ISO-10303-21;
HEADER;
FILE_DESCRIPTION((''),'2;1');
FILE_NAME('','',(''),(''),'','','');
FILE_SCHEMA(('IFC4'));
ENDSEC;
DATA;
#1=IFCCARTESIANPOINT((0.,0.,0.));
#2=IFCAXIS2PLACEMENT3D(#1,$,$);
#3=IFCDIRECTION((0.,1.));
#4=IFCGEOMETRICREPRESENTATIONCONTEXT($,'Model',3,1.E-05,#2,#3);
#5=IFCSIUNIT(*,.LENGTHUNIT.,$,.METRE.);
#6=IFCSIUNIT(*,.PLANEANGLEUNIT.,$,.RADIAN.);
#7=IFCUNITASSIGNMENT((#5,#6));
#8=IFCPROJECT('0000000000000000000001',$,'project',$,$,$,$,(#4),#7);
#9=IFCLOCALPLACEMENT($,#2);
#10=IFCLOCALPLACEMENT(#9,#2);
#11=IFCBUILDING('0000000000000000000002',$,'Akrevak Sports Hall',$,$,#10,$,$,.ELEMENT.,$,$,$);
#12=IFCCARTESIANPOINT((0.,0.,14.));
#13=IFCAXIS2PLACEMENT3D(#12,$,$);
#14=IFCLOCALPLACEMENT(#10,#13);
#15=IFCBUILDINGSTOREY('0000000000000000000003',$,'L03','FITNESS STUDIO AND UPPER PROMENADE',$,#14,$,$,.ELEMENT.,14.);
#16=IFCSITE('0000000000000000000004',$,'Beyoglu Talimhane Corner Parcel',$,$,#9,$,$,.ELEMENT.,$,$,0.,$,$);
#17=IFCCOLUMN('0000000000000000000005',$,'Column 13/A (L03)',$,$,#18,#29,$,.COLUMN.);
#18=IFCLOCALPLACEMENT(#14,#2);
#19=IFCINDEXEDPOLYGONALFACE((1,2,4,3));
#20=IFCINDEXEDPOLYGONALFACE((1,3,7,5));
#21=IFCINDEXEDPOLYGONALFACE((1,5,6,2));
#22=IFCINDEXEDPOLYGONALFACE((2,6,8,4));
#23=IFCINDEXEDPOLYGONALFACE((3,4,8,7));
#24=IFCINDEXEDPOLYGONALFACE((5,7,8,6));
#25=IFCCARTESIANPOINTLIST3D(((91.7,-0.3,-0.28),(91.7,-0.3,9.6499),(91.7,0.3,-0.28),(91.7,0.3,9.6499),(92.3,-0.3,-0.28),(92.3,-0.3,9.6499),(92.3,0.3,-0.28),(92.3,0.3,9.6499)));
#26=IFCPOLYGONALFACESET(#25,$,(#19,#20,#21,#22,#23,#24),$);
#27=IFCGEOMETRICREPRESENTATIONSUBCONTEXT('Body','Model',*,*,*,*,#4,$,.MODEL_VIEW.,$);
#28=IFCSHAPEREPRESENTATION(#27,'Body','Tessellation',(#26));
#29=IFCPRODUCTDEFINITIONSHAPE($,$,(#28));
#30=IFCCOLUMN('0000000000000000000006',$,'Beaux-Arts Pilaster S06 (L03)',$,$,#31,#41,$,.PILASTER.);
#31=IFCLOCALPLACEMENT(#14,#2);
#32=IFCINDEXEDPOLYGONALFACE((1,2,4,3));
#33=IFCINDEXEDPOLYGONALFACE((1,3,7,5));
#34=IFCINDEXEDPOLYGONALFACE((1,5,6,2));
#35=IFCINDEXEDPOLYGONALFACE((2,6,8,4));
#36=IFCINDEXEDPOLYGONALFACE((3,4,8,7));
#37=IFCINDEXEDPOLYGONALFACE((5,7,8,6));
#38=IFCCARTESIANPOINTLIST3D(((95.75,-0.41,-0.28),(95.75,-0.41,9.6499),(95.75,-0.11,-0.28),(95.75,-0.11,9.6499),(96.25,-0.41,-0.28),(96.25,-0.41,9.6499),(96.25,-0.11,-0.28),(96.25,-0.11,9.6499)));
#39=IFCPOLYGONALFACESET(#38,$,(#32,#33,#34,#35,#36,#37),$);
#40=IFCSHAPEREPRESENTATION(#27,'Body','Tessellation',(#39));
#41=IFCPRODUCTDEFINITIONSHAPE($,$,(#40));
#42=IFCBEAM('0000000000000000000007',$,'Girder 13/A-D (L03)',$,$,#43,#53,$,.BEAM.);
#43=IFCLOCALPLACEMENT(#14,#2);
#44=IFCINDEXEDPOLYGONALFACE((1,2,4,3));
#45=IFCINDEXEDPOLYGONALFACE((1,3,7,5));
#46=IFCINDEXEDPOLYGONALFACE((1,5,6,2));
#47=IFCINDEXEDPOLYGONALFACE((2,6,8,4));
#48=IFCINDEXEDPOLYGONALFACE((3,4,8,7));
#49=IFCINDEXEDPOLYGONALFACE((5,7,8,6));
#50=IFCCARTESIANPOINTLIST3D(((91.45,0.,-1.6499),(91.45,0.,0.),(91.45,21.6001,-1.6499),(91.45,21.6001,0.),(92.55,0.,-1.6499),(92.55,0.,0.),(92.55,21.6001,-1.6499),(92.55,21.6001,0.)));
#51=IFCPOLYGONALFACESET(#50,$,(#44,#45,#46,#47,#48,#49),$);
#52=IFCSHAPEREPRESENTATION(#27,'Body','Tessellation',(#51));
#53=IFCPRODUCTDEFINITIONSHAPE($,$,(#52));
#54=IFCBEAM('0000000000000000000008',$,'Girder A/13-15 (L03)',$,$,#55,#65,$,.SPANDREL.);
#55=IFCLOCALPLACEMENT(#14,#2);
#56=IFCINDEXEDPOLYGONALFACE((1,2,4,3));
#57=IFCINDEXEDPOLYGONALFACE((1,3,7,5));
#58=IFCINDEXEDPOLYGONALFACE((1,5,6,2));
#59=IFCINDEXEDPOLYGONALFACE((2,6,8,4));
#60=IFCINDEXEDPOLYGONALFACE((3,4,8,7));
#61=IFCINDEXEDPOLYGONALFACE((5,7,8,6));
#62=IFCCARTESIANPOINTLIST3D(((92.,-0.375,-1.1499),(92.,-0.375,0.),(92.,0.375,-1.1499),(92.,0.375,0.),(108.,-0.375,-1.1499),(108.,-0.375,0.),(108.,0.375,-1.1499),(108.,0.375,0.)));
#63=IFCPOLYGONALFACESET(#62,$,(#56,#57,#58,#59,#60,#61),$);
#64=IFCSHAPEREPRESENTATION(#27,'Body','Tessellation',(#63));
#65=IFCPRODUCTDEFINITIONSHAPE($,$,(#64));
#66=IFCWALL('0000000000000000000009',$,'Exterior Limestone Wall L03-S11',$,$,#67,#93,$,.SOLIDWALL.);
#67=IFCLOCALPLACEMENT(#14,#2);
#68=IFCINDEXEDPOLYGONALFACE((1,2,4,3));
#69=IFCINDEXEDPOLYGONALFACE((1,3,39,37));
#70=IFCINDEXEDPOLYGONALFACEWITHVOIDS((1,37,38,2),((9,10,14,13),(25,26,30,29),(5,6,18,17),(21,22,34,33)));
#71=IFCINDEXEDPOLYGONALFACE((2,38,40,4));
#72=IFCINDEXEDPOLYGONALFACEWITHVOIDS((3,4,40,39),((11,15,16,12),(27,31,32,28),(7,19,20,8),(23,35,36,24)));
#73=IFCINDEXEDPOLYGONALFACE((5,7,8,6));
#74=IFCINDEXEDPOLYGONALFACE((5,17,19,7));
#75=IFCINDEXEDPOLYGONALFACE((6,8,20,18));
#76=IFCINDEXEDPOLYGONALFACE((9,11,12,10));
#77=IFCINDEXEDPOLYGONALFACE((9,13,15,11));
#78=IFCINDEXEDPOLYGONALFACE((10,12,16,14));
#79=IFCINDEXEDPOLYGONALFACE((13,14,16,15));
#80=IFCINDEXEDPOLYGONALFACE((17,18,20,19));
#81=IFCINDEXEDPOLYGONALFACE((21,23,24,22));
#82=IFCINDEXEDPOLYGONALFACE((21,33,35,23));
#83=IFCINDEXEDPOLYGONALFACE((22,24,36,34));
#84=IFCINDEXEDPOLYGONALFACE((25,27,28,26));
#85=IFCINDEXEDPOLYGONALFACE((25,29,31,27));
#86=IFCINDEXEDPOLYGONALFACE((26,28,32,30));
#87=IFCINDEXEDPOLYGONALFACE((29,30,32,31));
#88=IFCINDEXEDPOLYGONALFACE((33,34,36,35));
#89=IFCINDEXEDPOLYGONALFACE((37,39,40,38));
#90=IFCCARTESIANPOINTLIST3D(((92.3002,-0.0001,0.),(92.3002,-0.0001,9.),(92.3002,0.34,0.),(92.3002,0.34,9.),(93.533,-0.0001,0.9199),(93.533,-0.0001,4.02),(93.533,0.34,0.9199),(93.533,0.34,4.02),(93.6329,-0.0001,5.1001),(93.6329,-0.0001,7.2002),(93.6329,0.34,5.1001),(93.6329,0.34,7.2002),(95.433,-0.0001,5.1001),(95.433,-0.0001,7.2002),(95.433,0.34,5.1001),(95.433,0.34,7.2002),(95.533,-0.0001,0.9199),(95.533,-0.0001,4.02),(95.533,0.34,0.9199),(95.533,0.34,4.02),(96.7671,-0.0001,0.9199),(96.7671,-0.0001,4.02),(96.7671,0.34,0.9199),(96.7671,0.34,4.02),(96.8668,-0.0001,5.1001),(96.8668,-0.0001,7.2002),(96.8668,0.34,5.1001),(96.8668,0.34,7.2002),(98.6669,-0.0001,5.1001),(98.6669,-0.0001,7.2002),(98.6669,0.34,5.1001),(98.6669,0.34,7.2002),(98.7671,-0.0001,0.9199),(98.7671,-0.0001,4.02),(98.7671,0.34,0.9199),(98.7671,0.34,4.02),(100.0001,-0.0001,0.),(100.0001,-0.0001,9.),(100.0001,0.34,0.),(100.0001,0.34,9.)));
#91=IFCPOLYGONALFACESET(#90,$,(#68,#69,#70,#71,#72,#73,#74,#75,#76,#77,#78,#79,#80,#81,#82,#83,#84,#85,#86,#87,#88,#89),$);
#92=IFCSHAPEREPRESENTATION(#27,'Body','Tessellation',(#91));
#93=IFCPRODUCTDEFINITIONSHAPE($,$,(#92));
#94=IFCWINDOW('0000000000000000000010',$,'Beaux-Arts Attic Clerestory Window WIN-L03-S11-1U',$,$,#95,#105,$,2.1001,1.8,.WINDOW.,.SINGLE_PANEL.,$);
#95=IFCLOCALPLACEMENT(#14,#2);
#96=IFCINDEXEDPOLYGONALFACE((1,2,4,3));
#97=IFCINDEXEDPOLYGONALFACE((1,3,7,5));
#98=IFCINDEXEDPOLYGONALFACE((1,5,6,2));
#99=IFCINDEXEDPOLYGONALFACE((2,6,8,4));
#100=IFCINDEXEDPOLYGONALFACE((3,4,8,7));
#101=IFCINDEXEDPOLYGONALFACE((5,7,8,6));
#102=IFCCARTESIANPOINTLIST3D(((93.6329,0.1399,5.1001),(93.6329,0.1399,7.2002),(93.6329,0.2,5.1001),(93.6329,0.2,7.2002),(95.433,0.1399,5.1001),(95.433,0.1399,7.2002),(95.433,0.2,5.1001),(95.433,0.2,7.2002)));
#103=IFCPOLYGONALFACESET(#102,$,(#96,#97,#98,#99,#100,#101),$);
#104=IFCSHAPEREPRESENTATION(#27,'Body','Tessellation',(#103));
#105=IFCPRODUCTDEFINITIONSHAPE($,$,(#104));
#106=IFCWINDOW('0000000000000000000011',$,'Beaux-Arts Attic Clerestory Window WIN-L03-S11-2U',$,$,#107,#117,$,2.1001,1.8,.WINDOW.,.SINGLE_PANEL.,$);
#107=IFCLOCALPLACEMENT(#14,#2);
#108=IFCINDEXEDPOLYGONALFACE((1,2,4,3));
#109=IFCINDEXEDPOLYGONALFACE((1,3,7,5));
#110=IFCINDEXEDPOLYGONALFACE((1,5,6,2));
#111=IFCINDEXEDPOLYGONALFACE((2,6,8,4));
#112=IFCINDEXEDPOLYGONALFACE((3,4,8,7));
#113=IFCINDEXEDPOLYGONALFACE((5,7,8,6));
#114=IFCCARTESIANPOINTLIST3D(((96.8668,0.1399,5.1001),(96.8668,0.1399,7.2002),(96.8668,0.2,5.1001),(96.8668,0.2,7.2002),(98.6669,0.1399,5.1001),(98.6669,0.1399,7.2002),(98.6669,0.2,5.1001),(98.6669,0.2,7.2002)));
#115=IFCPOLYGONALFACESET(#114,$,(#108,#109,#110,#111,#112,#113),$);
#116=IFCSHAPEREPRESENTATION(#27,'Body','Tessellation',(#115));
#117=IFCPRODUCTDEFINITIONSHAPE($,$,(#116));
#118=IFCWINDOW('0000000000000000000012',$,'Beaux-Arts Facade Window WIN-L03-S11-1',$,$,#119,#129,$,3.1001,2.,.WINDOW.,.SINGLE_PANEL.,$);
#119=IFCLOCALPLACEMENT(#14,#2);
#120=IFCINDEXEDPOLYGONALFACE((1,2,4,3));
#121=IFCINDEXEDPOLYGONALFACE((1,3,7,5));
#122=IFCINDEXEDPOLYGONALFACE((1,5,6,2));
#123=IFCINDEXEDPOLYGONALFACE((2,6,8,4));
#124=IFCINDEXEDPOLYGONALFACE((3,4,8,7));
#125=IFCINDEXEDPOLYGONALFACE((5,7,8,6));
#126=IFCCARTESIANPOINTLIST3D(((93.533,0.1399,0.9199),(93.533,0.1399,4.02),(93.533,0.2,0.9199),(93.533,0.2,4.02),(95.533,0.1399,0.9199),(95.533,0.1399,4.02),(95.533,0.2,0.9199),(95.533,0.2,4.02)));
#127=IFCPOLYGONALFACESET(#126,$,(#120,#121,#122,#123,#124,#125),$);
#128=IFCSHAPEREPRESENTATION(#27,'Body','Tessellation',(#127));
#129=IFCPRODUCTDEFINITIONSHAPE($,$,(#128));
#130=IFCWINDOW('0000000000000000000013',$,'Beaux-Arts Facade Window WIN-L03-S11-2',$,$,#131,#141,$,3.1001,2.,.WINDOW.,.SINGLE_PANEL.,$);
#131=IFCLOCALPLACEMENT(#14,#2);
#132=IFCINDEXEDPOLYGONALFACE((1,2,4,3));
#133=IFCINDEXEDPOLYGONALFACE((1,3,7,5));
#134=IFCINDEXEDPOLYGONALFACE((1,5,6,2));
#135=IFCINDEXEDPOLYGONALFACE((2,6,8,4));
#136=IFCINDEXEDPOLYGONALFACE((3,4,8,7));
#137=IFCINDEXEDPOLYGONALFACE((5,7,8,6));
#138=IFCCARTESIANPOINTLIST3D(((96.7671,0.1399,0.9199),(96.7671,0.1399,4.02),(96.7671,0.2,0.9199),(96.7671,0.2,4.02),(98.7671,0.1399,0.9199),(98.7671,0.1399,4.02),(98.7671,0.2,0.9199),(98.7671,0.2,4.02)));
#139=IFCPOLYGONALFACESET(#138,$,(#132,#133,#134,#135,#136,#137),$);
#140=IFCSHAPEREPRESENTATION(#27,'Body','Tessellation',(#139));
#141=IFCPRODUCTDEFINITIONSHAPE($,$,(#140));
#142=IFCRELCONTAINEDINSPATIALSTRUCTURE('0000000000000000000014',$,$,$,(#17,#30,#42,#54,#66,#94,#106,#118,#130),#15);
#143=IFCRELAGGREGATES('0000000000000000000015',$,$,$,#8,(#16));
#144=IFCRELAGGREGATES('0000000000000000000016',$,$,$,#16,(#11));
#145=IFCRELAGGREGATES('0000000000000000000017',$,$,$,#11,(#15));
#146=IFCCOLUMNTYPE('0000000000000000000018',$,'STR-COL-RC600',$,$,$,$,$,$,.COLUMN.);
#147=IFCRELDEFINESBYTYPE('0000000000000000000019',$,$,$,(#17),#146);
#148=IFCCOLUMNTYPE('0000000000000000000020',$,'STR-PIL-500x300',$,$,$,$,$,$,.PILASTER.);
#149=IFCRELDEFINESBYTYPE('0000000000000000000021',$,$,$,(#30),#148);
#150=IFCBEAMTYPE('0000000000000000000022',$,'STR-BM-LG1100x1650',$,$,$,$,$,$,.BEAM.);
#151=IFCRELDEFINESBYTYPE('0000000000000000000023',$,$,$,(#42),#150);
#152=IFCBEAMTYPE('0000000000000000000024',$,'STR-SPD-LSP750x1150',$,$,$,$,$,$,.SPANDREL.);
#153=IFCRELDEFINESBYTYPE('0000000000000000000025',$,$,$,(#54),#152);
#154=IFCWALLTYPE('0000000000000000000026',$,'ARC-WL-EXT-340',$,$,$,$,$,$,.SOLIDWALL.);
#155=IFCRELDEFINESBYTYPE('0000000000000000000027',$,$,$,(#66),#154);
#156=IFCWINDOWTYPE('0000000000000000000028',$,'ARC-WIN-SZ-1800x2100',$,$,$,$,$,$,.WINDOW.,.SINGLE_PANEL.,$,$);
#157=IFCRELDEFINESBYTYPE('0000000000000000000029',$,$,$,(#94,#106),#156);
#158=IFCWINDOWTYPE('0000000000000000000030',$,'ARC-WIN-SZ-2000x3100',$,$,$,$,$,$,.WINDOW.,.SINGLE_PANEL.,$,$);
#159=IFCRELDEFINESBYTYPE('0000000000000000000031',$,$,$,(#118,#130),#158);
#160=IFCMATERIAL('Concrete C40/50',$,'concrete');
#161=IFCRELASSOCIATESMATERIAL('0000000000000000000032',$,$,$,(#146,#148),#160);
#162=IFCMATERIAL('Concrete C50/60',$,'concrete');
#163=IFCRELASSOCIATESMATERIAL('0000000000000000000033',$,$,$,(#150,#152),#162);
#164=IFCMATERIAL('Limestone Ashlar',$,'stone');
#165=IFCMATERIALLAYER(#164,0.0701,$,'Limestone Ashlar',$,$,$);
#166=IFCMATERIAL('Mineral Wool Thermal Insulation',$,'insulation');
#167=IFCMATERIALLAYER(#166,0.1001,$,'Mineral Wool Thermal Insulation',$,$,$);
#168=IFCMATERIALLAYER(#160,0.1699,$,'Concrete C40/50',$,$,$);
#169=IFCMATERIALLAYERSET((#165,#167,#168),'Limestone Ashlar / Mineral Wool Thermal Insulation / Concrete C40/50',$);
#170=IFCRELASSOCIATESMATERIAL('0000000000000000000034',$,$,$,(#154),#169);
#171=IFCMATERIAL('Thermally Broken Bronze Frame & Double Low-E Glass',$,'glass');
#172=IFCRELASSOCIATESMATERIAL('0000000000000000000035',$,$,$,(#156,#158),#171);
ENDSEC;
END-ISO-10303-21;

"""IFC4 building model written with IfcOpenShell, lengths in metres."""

from ifc_helpers import new_model, si_unit, direction, frame, frame_2d, origin, origin_2d, place, context, subcontext, project, spatial, rectangle, extrude, material, layer, layer_set, material_profile, profile_set, type_object, element, fill, save


model = new_model("IFC4")

# Units and contexts
model_context = context("Model", 3, precision=1e-05, world=origin(), true_north=direction((0.0, 1.0)))
body_context = subcontext(model_context, "Body", "Model", "MODEL_VIEW")
ifc_project = project(units=[si_unit("LENGTHUNIT", "METRE"), si_unit("PLANEANGLEUNIT", "RADIAN")], contexts=[model_context])

# Site, building, storey
site_placement = place(None, origin())
site = spatial("IfcSite", under=ifc_project, at=site_placement, Name="Beyoglu Talimhane Corner Parcel", CompositionType="ELEMENT", RefElevation=0.0)
building_placement = place(site_placement, origin())
building = spatial("IfcBuilding", under=site, at=building_placement, Name="Akrevak Sports Hall", CompositionType="ELEMENT")
storey_placement = place(building_placement, frame((0.0, 0.0, 14.0)))
storey = spatial("IfcBuildingStorey", under=building, at=storey_placement, Name="L03", Description="FITNESS STUDIO AND UPPER PROMENADE", CompositionType="ELEMENT", Elevation=14.0)

# Columns
ifc_material_1 = material(Name="Concrete C40/50", Category="concrete")
ifc_material_profile_1 = material_profile(ifc_material_1, rectangle(XDim=0.6001, YDim=0.6001, at=origin_2d()), Name="RC 600x600", Category="concrete")
ifc_profile_set_1 = profile_set([ifc_material_profile_1], Name="Concrete C40/50")
column_type_1 = type_object("IfcColumnType", Name="STR-COL-RC600", PredefinedType="COLUMN", material=ifc_profile_set_1)
column_1_placement = place(storey_placement, frame((92.0, 0.0, -0.28), z_axis=(0.0, 0.0, 1.0), x_axis=(1.0, 0.0, 0.0)))
element("IfcColumn", 1, at=column_1_placement, inside=storey, type_object=column_type_1, Name="Column 13/A (L03)", PredefinedType="COLUMN", context=body_context, shape_type="SweptSolid", body=[
    extrude(rectangle(XDim=0.6001, YDim=0.6001, at=origin_2d()), origin(), (0.0, 0.0, 1.0), 9.9299),
])
ifc_material_profile_2 = material_profile(ifc_material_1, rectangle(XDim=0.5, YDim=0.3, at=origin_2d()), Name="PIL 500x300", Category="concrete")
ifc_profile_set_2 = profile_set([ifc_material_profile_2], Name="Concrete C40/50")
column_type_2 = type_object("IfcColumnType", Name="STR-PIL-500x300", PredefinedType="PILASTER", material=ifc_profile_set_2)
column_2_placement = place(storey_placement, frame((96.0, -0.26, -0.28), z_axis=(0.0, 0.0, 1.0), x_axis=(1.0, 0.0, 0.0)))
element("IfcColumn", 2, at=column_2_placement, inside=storey, type_object=column_type_2, Name="Beaux-Arts Pilaster S06 (L03)", PredefinedType="PILASTER", context=body_context, shape_type="SweptSolid", body=[
    extrude(rectangle(XDim=0.5, YDim=0.3, at=origin_2d()), origin(), (0.0, 0.0, 1.0), 9.9299),
])

# Beams
ifc_material_2 = material(Name="Concrete C50/60", Category="concrete")
ifc_material_profile_3 = material_profile(ifc_material_2, rectangle(XDim=1.1001, YDim=1.6499, at=origin_2d()), Name="BM 1100x1650", Category="concrete")
ifc_profile_set_3 = profile_set([ifc_material_profile_3], Name="Concrete C50/60")
beam_type_1 = type_object("IfcBeamType", Name="STR-BM-LG1100x1650", PredefinedType="BEAM", material=ifc_profile_set_3)
beam_1_placement = place(storey_placement, frame((92.0, 0.0, -0.825), z_axis=(0.0, 1.0, 0.0), x_axis=(-1.0, 0.0, 0.0)))
element("IfcBeam", 3, at=beam_1_placement, inside=storey, type_object=beam_type_1, Name="Girder 13/A-D (L03)", PredefinedType="BEAM", context=body_context, shape_type="SweptSolid", body=[
    extrude(rectangle(XDim=1.1001, YDim=1.6499, at=origin_2d()), origin(), (0.0, 0.0, 1.0), 21.6001),
])
ifc_material_profile_4 = material_profile(ifc_material_2, rectangle(XDim=0.75, YDim=1.1499, at=origin_2d()), Name="SPD 750x1150", Category="concrete")
ifc_profile_set_4 = profile_set([ifc_material_profile_4], Name="Concrete C50/60")
beam_type_2 = type_object("IfcBeamType", Name="STR-SPD-LSP750x1150", PredefinedType="SPANDREL", material=ifc_profile_set_4)
beam_2_placement = place(storey_placement, frame((92.0, 0.0, -0.575), z_axis=(1.0, 0.0, 0.0), x_axis=(0.0, 1.0, 0.0)))
element("IfcBeam", 4, at=beam_2_placement, inside=storey, type_object=beam_type_2, Name="Girder A/13-15 (L03)", PredefinedType="SPANDREL", context=body_context, shape_type="SweptSolid", body=[
    extrude(rectangle(XDim=0.75, YDim=1.1499, at=origin_2d()), origin(), (0.0, 0.0, 1.0), 16.0),
])

# Wall, openings, windows
ifc_material_3 = material(Name="Limestone Ashlar", Category="stone")
ifc_layer_1 = layer(ifc_material_3, 0.0701, Name="Limestone Ashlar")
ifc_material_4 = material(Name="Mineral Wool Thermal Insulation", Category="insulation")
ifc_layer_2 = layer(ifc_material_4, 0.1001, Name="Mineral Wool Thermal Insulation")
ifc_layer_3 = layer(ifc_material_1, 0.1699, Name="Concrete C40/50")
ifc_layer_set_1 = layer_set([ifc_layer_1, ifc_layer_2, ifc_layer_3], Name="Limestone Ashlar / Mineral Wool Thermal Insulation / Concrete C40/50")
wall_type_1 = type_object("IfcWallType", Name="ARC-WL-EXT-340", PredefinedType="SOLIDWALL", material=ifc_layer_set_1)
wall_1_placement = place(storey_placement, frame((92.3, 0.1699, 0.0), z_axis=(0.0, 0.0, 1.0), x_axis=(1.0, 0.0, 0.0)))
wall_1 = element("IfcWall", 5, at=wall_1_placement, inside=storey, type_object=wall_type_1, Name="Exterior Limestone Wall L03-S11", PredefinedType="SOLIDWALL", context=body_context, shape_type="SweptSolid", body=[
    extrude(rectangle(XDim=7.7, YDim=0.3401, at=frame_2d((3.8501, 0.0))), origin(), (0.0, 0.0, 1.0), 9.0),
])
opening_1_placement = place(wall_1_placement, frame((1.2329, 0.0, 0.9199)))
opening_1 = element("IfcOpeningElement", 6, at=opening_1_placement, cuts=wall_1, PredefinedType="OPENING", context=body_context, shape_type="SweptSolid", body=[
    extrude(rectangle(XDim=2.0, YDim=3.1001, at=frame_2d((1.0, 1.55))), frame((0.0, 0.1821, 0.0), z_axis=(0.0, -1.0, 0.0), x_axis=(1.0, 0.0, 0.0)), (0.0, 0.0, 1.0), 0.364),
])
opening_2_placement = place(wall_1_placement, frame((1.333, 0.0, 5.1001)))
opening_2 = element("IfcOpeningElement", 7, at=opening_2_placement, cuts=wall_1, PredefinedType="OPENING", context=body_context, shape_type="SweptSolid", body=[
    extrude(rectangle(XDim=1.8, YDim=2.1001, at=frame_2d((0.8999, 1.05))), frame((0.0, 0.1821, 0.0), z_axis=(0.0, -1.0, 0.0), x_axis=(1.0, 0.0, 0.0)), (0.0, 0.0, 1.0), 0.364),
])
opening_3_placement = place(wall_1_placement, frame((4.467, 0.0, 0.9199)))
opening_3 = element("IfcOpeningElement", 8, at=opening_3_placement, cuts=wall_1, PredefinedType="OPENING", context=body_context, shape_type="SweptSolid", body=[
    extrude(rectangle(XDim=2.0, YDim=3.1001, at=frame_2d((1.0, 1.55))), frame((0.0, 0.1821, 0.0), z_axis=(0.0, -1.0, 0.0), x_axis=(1.0, 0.0, 0.0)), (0.0, 0.0, 1.0), 0.364),
])
opening_4_placement = place(wall_1_placement, frame((4.5669, 0.0, 5.1001)))
opening_4 = element("IfcOpeningElement", 9, at=opening_4_placement, cuts=wall_1, PredefinedType="OPENING", context=body_context, shape_type="SweptSolid", body=[
    extrude(rectangle(XDim=1.8, YDim=2.1001, at=frame_2d((0.8999, 1.05))), frame((0.0, 0.1821, 0.0), z_axis=(0.0, -1.0, 0.0), x_axis=(1.0, 0.0, 0.0)), (0.0, 0.0, 1.0), 0.364),
])
ifc_material_5 = material(Name="Thermally Broken Bronze Frame & Double Low-E Glass", Category="glass")
window_type_1 = type_object("IfcWindowType", Name="ARC-WIN-SZ-1800x2100", PartitioningType="SINGLE_PANEL", PredefinedType="WINDOW", material=ifc_material_5)
window_1_placement = place(opening_2_placement, origin())
window_1 = element("IfcWindow", 10, at=window_1_placement, inside=storey, type_object=window_type_1, Name="Beaux-Arts Attic Clerestory Window WIN-L03-S11-1U", OverallHeight=2.1001, OverallWidth=1.8, PartitioningType="SINGLE_PANEL", PredefinedType="WINDOW", context=body_context, shape_type="SweptSolid", body=[
    extrude(rectangle(XDim=1.8, YDim=2.1001, at=frame_2d((0.8999, 1.05))), frame((0.0, 0.03, 0.0), z_axis=(0.0, -1.0, 0.0), x_axis=(1.0, 0.0, 0.0)), (0.0, 0.0, 1.0), 0.0601),
])
fill(opening_2, window_1)
window_2_placement = place(opening_4_placement, origin())
window_2 = element("IfcWindow", 11, at=window_2_placement, inside=storey, type_object=window_type_1, Name="Beaux-Arts Attic Clerestory Window WIN-L03-S11-2U", OverallHeight=2.1001, OverallWidth=1.8, PartitioningType="SINGLE_PANEL", PredefinedType="WINDOW", context=body_context, shape_type="SweptSolid", body=[
    extrude(rectangle(XDim=1.8, YDim=2.1001, at=frame_2d((0.8999, 1.05))), frame((0.0, 0.03, 0.0), z_axis=(0.0, -1.0, 0.0), x_axis=(1.0, 0.0, 0.0)), (0.0, 0.0, 1.0), 0.0601),
])
fill(opening_4, window_2)
window_type_2 = type_object("IfcWindowType", Name="ARC-WIN-SZ-2000x3100", PartitioningType="SINGLE_PANEL", PredefinedType="WINDOW", material=ifc_material_5)
window_3_placement = place(opening_1_placement, origin())
window_3 = element("IfcWindow", 12, at=window_3_placement, inside=storey, type_object=window_type_2, Name="Beaux-Arts Facade Window WIN-L03-S11-1", OverallHeight=3.1001, OverallWidth=2.0, PartitioningType="SINGLE_PANEL", PredefinedType="WINDOW", context=body_context, shape_type="SweptSolid", body=[
    extrude(rectangle(XDim=2.0, YDim=3.1001, at=frame_2d((1.0, 1.55))), frame((0.0, 0.03, 0.0), z_axis=(0.0, -1.0, 0.0), x_axis=(1.0, 0.0, 0.0)), (0.0, 0.0, 1.0), 0.0601),
])
fill(opening_1, window_3)
window_4_placement = place(opening_3_placement, origin())
window_4 = element("IfcWindow", 13, at=window_4_placement, inside=storey, type_object=window_type_2, Name="Beaux-Arts Facade Window WIN-L03-S11-2", OverallHeight=3.1001, OverallWidth=2.0, PartitioningType="SINGLE_PANEL", PredefinedType="WINDOW", context=body_context, shape_type="SweptSolid", body=[
    extrude(rectangle(XDim=2.0, YDim=3.1001, at=frame_2d((1.0, 1.55))), frame((0.0, 0.03, 0.0), z_axis=(0.0, -1.0, 0.0), x_axis=(1.0, 0.0, 0.0)), (0.0, 0.0, 1.0), 0.0601),
])
fill(opening_3, window_4)

save(model, "model.ifc")
